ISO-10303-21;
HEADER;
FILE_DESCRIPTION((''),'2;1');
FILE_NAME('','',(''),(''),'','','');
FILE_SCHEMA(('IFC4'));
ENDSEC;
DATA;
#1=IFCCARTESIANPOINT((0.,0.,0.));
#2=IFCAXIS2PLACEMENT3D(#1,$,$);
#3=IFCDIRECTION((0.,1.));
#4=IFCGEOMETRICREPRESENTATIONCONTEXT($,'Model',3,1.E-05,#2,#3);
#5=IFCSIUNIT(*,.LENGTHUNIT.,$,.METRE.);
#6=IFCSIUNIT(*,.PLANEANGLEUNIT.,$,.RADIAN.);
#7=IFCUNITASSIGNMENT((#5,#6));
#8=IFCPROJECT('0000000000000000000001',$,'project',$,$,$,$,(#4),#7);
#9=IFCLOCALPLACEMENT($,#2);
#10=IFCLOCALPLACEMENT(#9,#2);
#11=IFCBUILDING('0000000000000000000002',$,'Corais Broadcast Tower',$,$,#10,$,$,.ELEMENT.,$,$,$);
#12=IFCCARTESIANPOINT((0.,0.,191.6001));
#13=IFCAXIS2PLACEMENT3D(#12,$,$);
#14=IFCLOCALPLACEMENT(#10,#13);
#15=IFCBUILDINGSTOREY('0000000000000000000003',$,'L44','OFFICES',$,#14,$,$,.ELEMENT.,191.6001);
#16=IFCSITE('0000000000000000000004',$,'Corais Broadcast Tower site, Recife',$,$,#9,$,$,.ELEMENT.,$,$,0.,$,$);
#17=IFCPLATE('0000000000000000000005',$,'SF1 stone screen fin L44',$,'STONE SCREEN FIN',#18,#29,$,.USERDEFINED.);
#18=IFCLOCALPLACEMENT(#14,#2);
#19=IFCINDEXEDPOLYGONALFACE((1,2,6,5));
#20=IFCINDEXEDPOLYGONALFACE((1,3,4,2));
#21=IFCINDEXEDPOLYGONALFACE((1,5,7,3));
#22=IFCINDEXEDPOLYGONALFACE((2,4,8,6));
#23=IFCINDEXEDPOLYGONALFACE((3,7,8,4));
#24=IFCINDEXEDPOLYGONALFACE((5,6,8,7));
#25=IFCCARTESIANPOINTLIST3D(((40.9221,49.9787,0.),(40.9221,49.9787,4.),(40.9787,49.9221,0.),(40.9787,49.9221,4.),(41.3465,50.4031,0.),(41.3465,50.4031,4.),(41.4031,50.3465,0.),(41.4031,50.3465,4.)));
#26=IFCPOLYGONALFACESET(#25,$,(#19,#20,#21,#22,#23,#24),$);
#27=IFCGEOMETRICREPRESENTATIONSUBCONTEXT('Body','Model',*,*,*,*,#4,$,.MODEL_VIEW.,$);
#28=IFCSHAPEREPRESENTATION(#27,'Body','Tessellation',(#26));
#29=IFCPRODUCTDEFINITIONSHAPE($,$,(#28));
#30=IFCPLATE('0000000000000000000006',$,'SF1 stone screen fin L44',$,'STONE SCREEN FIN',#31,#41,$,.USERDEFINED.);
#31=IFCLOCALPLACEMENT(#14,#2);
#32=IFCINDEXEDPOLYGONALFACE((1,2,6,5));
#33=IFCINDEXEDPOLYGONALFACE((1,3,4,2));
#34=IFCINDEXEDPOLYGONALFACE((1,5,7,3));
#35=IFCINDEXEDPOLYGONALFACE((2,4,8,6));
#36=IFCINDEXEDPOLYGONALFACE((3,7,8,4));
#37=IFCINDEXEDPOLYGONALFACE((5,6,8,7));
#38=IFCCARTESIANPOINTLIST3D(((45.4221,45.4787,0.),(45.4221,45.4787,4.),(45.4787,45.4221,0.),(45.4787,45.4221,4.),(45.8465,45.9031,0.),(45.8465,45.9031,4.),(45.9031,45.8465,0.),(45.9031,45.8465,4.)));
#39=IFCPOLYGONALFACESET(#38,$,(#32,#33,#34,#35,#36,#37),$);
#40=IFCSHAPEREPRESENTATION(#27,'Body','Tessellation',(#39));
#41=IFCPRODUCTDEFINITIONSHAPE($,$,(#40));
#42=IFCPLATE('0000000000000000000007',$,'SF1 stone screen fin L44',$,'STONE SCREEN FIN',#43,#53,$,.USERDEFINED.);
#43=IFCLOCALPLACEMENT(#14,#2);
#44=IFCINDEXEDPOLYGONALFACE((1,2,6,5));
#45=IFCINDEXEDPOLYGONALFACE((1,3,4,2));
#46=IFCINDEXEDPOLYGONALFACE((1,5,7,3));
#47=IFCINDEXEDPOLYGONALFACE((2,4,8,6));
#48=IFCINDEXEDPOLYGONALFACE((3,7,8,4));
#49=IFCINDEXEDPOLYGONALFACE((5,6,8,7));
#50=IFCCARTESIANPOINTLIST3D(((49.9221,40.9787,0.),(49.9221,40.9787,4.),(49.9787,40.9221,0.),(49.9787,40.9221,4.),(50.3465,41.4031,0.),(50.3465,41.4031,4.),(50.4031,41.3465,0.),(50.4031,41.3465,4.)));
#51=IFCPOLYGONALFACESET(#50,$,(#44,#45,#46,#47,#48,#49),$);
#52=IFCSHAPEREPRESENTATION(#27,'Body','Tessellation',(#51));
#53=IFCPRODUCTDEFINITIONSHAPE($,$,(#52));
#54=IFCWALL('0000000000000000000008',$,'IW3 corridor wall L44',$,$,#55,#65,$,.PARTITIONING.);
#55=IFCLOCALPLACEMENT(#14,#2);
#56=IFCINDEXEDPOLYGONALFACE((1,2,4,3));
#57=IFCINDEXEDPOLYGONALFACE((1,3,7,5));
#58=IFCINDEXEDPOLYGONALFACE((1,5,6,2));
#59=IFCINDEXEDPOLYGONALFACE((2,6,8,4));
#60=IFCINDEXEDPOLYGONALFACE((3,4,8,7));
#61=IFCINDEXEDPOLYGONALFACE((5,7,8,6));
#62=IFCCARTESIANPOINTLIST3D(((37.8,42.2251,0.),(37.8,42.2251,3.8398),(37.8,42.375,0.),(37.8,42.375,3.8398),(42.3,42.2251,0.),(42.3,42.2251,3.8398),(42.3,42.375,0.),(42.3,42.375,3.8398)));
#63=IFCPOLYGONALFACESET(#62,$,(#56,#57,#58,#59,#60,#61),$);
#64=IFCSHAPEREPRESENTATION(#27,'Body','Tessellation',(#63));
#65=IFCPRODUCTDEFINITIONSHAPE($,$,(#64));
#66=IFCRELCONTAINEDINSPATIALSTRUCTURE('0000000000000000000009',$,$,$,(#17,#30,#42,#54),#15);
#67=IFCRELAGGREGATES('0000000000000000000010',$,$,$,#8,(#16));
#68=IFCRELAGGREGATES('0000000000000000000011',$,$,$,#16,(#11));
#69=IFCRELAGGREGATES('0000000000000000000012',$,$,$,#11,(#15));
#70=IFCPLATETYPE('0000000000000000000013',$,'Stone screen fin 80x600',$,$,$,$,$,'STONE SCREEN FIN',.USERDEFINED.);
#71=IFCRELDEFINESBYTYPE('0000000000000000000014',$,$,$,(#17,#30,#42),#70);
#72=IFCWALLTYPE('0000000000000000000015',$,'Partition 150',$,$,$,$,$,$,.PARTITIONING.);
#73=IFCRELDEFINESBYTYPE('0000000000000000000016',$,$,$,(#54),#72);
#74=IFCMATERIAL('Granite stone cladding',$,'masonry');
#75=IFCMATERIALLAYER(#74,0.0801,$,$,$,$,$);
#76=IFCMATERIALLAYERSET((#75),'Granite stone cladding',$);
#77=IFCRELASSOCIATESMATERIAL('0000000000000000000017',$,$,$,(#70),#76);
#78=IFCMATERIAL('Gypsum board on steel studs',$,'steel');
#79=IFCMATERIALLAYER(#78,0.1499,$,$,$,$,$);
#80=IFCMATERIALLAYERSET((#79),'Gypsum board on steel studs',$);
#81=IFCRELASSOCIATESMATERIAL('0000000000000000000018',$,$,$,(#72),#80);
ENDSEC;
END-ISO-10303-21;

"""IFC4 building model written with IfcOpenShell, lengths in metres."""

from ifc_helpers import new_model, si_unit, direction, frame, frame_2d, origin, origin_2d, place, context, subcontext, project, spatial, rectangle, extrude, material, layer, layer_set, type_object, element, save


model = new_model("IFC4")

# Units and contexts
model_context = context("Model", 3, precision=1e-05, world=origin(), true_north=direction((0.0, 1.0)))
body_context = subcontext(model_context, "Body", "Model", "MODEL_VIEW")
ifc_project = project(units=[si_unit("LENGTHUNIT", "METRE"), si_unit("PLANEANGLEUNIT", "RADIAN")], contexts=[model_context])

# Site, building, storey
site_placement = place(None, origin())
site = spatial("IfcSite", under=ifc_project, at=site_placement, Name="Corais Broadcast Tower site, Recife", CompositionType="ELEMENT", RefElevation=0.0)
building_placement = place(site_placement, origin())
building = spatial("IfcBuilding", under=site, at=building_placement, Name="Corais Broadcast Tower", CompositionType="ELEMENT")
storey_placement = place(building_placement, frame((0.0, 0.0, 191.6001)))
storey = spatial("IfcBuildingStorey", under=building, at=storey_placement, Name="L44", Description="OFFICES", CompositionType="ELEMENT", Elevation=191.6001)

# Plates
ifc_material_1 = material(Name="Granite stone cladding", Category="masonry")
ifc_layer_1 = layer(ifc_material_1, 0.0801)
ifc_layer_set_1 = layer_set([ifc_layer_1], Name="Granite stone cladding")
plate_type_1 = type_object("IfcPlateType", Name="Stone screen fin 80x600", ElementType="STONE SCREEN FIN", PredefinedType="USERDEFINED", material=ifc_layer_set_1)
for number, where, z_axis, x_axis, name in (
    (1, (41.1626, 50.1626, 0.0), (0.0, 0.0, 1.0), (0.707107, -0.707107, 0.0), "SF1 stone screen fin L44"),
    (2, (45.6626, 45.6626, 0.0), (0.0, 0.0, 1.0), (0.707107, -0.707107, 0.0), "SF1 stone screen fin L44"),
    (3, (50.1626, 41.1626, 0.0), (0.0, 0.0, 1.0), (0.707107, -0.707107, 0.0), "SF1 stone screen fin L44"),
):
    element("IfcPlate", number, at=place(storey_placement, frame(where, z_axis=z_axis, x_axis=x_axis)), inside=storey, type_object=plate_type_1, Name=name, ObjectType="STONE SCREEN FIN", PredefinedType="USERDEFINED", context=body_context, shape_type="SweptSolid", body=[
        extrude(rectangle(XDim=0.0801, YDim=0.6001, at=origin_2d()), origin(), (0.0, 0.0, 1.0), 4.0),
    ])

# Wall
ifc_material_2 = material(Name="Gypsum board on steel studs", Category="steel")
ifc_layer_2 = layer(ifc_material_2, 0.1499)
ifc_layer_set_2 = layer_set([ifc_layer_2], Name="Gypsum board on steel studs")
wall_type = type_object("IfcWallType", Name="Partition 150", PredefinedType="PARTITIONING", material=ifc_layer_set_2)
wall_placement = place(storey_placement, frame((42.3, 42.3, 0.0), z_axis=(0.0, 0.0, 1.0), x_axis=(-1.0, 0.0, 0.0)))
element("IfcWall", 4, at=wall_placement, inside=storey, type_object=wall_type, Name="IW3 corridor wall L44", PredefinedType="PARTITIONING", context=body_context, shape_type="SweptSolid", body=[
    extrude(rectangle(XDim=4.5, YDim=0.1499, at=frame_2d((2.25, 0.0))), origin(), (0.0, 0.0, 1.0), 3.8398),
])

save(model, "model.ifc")
